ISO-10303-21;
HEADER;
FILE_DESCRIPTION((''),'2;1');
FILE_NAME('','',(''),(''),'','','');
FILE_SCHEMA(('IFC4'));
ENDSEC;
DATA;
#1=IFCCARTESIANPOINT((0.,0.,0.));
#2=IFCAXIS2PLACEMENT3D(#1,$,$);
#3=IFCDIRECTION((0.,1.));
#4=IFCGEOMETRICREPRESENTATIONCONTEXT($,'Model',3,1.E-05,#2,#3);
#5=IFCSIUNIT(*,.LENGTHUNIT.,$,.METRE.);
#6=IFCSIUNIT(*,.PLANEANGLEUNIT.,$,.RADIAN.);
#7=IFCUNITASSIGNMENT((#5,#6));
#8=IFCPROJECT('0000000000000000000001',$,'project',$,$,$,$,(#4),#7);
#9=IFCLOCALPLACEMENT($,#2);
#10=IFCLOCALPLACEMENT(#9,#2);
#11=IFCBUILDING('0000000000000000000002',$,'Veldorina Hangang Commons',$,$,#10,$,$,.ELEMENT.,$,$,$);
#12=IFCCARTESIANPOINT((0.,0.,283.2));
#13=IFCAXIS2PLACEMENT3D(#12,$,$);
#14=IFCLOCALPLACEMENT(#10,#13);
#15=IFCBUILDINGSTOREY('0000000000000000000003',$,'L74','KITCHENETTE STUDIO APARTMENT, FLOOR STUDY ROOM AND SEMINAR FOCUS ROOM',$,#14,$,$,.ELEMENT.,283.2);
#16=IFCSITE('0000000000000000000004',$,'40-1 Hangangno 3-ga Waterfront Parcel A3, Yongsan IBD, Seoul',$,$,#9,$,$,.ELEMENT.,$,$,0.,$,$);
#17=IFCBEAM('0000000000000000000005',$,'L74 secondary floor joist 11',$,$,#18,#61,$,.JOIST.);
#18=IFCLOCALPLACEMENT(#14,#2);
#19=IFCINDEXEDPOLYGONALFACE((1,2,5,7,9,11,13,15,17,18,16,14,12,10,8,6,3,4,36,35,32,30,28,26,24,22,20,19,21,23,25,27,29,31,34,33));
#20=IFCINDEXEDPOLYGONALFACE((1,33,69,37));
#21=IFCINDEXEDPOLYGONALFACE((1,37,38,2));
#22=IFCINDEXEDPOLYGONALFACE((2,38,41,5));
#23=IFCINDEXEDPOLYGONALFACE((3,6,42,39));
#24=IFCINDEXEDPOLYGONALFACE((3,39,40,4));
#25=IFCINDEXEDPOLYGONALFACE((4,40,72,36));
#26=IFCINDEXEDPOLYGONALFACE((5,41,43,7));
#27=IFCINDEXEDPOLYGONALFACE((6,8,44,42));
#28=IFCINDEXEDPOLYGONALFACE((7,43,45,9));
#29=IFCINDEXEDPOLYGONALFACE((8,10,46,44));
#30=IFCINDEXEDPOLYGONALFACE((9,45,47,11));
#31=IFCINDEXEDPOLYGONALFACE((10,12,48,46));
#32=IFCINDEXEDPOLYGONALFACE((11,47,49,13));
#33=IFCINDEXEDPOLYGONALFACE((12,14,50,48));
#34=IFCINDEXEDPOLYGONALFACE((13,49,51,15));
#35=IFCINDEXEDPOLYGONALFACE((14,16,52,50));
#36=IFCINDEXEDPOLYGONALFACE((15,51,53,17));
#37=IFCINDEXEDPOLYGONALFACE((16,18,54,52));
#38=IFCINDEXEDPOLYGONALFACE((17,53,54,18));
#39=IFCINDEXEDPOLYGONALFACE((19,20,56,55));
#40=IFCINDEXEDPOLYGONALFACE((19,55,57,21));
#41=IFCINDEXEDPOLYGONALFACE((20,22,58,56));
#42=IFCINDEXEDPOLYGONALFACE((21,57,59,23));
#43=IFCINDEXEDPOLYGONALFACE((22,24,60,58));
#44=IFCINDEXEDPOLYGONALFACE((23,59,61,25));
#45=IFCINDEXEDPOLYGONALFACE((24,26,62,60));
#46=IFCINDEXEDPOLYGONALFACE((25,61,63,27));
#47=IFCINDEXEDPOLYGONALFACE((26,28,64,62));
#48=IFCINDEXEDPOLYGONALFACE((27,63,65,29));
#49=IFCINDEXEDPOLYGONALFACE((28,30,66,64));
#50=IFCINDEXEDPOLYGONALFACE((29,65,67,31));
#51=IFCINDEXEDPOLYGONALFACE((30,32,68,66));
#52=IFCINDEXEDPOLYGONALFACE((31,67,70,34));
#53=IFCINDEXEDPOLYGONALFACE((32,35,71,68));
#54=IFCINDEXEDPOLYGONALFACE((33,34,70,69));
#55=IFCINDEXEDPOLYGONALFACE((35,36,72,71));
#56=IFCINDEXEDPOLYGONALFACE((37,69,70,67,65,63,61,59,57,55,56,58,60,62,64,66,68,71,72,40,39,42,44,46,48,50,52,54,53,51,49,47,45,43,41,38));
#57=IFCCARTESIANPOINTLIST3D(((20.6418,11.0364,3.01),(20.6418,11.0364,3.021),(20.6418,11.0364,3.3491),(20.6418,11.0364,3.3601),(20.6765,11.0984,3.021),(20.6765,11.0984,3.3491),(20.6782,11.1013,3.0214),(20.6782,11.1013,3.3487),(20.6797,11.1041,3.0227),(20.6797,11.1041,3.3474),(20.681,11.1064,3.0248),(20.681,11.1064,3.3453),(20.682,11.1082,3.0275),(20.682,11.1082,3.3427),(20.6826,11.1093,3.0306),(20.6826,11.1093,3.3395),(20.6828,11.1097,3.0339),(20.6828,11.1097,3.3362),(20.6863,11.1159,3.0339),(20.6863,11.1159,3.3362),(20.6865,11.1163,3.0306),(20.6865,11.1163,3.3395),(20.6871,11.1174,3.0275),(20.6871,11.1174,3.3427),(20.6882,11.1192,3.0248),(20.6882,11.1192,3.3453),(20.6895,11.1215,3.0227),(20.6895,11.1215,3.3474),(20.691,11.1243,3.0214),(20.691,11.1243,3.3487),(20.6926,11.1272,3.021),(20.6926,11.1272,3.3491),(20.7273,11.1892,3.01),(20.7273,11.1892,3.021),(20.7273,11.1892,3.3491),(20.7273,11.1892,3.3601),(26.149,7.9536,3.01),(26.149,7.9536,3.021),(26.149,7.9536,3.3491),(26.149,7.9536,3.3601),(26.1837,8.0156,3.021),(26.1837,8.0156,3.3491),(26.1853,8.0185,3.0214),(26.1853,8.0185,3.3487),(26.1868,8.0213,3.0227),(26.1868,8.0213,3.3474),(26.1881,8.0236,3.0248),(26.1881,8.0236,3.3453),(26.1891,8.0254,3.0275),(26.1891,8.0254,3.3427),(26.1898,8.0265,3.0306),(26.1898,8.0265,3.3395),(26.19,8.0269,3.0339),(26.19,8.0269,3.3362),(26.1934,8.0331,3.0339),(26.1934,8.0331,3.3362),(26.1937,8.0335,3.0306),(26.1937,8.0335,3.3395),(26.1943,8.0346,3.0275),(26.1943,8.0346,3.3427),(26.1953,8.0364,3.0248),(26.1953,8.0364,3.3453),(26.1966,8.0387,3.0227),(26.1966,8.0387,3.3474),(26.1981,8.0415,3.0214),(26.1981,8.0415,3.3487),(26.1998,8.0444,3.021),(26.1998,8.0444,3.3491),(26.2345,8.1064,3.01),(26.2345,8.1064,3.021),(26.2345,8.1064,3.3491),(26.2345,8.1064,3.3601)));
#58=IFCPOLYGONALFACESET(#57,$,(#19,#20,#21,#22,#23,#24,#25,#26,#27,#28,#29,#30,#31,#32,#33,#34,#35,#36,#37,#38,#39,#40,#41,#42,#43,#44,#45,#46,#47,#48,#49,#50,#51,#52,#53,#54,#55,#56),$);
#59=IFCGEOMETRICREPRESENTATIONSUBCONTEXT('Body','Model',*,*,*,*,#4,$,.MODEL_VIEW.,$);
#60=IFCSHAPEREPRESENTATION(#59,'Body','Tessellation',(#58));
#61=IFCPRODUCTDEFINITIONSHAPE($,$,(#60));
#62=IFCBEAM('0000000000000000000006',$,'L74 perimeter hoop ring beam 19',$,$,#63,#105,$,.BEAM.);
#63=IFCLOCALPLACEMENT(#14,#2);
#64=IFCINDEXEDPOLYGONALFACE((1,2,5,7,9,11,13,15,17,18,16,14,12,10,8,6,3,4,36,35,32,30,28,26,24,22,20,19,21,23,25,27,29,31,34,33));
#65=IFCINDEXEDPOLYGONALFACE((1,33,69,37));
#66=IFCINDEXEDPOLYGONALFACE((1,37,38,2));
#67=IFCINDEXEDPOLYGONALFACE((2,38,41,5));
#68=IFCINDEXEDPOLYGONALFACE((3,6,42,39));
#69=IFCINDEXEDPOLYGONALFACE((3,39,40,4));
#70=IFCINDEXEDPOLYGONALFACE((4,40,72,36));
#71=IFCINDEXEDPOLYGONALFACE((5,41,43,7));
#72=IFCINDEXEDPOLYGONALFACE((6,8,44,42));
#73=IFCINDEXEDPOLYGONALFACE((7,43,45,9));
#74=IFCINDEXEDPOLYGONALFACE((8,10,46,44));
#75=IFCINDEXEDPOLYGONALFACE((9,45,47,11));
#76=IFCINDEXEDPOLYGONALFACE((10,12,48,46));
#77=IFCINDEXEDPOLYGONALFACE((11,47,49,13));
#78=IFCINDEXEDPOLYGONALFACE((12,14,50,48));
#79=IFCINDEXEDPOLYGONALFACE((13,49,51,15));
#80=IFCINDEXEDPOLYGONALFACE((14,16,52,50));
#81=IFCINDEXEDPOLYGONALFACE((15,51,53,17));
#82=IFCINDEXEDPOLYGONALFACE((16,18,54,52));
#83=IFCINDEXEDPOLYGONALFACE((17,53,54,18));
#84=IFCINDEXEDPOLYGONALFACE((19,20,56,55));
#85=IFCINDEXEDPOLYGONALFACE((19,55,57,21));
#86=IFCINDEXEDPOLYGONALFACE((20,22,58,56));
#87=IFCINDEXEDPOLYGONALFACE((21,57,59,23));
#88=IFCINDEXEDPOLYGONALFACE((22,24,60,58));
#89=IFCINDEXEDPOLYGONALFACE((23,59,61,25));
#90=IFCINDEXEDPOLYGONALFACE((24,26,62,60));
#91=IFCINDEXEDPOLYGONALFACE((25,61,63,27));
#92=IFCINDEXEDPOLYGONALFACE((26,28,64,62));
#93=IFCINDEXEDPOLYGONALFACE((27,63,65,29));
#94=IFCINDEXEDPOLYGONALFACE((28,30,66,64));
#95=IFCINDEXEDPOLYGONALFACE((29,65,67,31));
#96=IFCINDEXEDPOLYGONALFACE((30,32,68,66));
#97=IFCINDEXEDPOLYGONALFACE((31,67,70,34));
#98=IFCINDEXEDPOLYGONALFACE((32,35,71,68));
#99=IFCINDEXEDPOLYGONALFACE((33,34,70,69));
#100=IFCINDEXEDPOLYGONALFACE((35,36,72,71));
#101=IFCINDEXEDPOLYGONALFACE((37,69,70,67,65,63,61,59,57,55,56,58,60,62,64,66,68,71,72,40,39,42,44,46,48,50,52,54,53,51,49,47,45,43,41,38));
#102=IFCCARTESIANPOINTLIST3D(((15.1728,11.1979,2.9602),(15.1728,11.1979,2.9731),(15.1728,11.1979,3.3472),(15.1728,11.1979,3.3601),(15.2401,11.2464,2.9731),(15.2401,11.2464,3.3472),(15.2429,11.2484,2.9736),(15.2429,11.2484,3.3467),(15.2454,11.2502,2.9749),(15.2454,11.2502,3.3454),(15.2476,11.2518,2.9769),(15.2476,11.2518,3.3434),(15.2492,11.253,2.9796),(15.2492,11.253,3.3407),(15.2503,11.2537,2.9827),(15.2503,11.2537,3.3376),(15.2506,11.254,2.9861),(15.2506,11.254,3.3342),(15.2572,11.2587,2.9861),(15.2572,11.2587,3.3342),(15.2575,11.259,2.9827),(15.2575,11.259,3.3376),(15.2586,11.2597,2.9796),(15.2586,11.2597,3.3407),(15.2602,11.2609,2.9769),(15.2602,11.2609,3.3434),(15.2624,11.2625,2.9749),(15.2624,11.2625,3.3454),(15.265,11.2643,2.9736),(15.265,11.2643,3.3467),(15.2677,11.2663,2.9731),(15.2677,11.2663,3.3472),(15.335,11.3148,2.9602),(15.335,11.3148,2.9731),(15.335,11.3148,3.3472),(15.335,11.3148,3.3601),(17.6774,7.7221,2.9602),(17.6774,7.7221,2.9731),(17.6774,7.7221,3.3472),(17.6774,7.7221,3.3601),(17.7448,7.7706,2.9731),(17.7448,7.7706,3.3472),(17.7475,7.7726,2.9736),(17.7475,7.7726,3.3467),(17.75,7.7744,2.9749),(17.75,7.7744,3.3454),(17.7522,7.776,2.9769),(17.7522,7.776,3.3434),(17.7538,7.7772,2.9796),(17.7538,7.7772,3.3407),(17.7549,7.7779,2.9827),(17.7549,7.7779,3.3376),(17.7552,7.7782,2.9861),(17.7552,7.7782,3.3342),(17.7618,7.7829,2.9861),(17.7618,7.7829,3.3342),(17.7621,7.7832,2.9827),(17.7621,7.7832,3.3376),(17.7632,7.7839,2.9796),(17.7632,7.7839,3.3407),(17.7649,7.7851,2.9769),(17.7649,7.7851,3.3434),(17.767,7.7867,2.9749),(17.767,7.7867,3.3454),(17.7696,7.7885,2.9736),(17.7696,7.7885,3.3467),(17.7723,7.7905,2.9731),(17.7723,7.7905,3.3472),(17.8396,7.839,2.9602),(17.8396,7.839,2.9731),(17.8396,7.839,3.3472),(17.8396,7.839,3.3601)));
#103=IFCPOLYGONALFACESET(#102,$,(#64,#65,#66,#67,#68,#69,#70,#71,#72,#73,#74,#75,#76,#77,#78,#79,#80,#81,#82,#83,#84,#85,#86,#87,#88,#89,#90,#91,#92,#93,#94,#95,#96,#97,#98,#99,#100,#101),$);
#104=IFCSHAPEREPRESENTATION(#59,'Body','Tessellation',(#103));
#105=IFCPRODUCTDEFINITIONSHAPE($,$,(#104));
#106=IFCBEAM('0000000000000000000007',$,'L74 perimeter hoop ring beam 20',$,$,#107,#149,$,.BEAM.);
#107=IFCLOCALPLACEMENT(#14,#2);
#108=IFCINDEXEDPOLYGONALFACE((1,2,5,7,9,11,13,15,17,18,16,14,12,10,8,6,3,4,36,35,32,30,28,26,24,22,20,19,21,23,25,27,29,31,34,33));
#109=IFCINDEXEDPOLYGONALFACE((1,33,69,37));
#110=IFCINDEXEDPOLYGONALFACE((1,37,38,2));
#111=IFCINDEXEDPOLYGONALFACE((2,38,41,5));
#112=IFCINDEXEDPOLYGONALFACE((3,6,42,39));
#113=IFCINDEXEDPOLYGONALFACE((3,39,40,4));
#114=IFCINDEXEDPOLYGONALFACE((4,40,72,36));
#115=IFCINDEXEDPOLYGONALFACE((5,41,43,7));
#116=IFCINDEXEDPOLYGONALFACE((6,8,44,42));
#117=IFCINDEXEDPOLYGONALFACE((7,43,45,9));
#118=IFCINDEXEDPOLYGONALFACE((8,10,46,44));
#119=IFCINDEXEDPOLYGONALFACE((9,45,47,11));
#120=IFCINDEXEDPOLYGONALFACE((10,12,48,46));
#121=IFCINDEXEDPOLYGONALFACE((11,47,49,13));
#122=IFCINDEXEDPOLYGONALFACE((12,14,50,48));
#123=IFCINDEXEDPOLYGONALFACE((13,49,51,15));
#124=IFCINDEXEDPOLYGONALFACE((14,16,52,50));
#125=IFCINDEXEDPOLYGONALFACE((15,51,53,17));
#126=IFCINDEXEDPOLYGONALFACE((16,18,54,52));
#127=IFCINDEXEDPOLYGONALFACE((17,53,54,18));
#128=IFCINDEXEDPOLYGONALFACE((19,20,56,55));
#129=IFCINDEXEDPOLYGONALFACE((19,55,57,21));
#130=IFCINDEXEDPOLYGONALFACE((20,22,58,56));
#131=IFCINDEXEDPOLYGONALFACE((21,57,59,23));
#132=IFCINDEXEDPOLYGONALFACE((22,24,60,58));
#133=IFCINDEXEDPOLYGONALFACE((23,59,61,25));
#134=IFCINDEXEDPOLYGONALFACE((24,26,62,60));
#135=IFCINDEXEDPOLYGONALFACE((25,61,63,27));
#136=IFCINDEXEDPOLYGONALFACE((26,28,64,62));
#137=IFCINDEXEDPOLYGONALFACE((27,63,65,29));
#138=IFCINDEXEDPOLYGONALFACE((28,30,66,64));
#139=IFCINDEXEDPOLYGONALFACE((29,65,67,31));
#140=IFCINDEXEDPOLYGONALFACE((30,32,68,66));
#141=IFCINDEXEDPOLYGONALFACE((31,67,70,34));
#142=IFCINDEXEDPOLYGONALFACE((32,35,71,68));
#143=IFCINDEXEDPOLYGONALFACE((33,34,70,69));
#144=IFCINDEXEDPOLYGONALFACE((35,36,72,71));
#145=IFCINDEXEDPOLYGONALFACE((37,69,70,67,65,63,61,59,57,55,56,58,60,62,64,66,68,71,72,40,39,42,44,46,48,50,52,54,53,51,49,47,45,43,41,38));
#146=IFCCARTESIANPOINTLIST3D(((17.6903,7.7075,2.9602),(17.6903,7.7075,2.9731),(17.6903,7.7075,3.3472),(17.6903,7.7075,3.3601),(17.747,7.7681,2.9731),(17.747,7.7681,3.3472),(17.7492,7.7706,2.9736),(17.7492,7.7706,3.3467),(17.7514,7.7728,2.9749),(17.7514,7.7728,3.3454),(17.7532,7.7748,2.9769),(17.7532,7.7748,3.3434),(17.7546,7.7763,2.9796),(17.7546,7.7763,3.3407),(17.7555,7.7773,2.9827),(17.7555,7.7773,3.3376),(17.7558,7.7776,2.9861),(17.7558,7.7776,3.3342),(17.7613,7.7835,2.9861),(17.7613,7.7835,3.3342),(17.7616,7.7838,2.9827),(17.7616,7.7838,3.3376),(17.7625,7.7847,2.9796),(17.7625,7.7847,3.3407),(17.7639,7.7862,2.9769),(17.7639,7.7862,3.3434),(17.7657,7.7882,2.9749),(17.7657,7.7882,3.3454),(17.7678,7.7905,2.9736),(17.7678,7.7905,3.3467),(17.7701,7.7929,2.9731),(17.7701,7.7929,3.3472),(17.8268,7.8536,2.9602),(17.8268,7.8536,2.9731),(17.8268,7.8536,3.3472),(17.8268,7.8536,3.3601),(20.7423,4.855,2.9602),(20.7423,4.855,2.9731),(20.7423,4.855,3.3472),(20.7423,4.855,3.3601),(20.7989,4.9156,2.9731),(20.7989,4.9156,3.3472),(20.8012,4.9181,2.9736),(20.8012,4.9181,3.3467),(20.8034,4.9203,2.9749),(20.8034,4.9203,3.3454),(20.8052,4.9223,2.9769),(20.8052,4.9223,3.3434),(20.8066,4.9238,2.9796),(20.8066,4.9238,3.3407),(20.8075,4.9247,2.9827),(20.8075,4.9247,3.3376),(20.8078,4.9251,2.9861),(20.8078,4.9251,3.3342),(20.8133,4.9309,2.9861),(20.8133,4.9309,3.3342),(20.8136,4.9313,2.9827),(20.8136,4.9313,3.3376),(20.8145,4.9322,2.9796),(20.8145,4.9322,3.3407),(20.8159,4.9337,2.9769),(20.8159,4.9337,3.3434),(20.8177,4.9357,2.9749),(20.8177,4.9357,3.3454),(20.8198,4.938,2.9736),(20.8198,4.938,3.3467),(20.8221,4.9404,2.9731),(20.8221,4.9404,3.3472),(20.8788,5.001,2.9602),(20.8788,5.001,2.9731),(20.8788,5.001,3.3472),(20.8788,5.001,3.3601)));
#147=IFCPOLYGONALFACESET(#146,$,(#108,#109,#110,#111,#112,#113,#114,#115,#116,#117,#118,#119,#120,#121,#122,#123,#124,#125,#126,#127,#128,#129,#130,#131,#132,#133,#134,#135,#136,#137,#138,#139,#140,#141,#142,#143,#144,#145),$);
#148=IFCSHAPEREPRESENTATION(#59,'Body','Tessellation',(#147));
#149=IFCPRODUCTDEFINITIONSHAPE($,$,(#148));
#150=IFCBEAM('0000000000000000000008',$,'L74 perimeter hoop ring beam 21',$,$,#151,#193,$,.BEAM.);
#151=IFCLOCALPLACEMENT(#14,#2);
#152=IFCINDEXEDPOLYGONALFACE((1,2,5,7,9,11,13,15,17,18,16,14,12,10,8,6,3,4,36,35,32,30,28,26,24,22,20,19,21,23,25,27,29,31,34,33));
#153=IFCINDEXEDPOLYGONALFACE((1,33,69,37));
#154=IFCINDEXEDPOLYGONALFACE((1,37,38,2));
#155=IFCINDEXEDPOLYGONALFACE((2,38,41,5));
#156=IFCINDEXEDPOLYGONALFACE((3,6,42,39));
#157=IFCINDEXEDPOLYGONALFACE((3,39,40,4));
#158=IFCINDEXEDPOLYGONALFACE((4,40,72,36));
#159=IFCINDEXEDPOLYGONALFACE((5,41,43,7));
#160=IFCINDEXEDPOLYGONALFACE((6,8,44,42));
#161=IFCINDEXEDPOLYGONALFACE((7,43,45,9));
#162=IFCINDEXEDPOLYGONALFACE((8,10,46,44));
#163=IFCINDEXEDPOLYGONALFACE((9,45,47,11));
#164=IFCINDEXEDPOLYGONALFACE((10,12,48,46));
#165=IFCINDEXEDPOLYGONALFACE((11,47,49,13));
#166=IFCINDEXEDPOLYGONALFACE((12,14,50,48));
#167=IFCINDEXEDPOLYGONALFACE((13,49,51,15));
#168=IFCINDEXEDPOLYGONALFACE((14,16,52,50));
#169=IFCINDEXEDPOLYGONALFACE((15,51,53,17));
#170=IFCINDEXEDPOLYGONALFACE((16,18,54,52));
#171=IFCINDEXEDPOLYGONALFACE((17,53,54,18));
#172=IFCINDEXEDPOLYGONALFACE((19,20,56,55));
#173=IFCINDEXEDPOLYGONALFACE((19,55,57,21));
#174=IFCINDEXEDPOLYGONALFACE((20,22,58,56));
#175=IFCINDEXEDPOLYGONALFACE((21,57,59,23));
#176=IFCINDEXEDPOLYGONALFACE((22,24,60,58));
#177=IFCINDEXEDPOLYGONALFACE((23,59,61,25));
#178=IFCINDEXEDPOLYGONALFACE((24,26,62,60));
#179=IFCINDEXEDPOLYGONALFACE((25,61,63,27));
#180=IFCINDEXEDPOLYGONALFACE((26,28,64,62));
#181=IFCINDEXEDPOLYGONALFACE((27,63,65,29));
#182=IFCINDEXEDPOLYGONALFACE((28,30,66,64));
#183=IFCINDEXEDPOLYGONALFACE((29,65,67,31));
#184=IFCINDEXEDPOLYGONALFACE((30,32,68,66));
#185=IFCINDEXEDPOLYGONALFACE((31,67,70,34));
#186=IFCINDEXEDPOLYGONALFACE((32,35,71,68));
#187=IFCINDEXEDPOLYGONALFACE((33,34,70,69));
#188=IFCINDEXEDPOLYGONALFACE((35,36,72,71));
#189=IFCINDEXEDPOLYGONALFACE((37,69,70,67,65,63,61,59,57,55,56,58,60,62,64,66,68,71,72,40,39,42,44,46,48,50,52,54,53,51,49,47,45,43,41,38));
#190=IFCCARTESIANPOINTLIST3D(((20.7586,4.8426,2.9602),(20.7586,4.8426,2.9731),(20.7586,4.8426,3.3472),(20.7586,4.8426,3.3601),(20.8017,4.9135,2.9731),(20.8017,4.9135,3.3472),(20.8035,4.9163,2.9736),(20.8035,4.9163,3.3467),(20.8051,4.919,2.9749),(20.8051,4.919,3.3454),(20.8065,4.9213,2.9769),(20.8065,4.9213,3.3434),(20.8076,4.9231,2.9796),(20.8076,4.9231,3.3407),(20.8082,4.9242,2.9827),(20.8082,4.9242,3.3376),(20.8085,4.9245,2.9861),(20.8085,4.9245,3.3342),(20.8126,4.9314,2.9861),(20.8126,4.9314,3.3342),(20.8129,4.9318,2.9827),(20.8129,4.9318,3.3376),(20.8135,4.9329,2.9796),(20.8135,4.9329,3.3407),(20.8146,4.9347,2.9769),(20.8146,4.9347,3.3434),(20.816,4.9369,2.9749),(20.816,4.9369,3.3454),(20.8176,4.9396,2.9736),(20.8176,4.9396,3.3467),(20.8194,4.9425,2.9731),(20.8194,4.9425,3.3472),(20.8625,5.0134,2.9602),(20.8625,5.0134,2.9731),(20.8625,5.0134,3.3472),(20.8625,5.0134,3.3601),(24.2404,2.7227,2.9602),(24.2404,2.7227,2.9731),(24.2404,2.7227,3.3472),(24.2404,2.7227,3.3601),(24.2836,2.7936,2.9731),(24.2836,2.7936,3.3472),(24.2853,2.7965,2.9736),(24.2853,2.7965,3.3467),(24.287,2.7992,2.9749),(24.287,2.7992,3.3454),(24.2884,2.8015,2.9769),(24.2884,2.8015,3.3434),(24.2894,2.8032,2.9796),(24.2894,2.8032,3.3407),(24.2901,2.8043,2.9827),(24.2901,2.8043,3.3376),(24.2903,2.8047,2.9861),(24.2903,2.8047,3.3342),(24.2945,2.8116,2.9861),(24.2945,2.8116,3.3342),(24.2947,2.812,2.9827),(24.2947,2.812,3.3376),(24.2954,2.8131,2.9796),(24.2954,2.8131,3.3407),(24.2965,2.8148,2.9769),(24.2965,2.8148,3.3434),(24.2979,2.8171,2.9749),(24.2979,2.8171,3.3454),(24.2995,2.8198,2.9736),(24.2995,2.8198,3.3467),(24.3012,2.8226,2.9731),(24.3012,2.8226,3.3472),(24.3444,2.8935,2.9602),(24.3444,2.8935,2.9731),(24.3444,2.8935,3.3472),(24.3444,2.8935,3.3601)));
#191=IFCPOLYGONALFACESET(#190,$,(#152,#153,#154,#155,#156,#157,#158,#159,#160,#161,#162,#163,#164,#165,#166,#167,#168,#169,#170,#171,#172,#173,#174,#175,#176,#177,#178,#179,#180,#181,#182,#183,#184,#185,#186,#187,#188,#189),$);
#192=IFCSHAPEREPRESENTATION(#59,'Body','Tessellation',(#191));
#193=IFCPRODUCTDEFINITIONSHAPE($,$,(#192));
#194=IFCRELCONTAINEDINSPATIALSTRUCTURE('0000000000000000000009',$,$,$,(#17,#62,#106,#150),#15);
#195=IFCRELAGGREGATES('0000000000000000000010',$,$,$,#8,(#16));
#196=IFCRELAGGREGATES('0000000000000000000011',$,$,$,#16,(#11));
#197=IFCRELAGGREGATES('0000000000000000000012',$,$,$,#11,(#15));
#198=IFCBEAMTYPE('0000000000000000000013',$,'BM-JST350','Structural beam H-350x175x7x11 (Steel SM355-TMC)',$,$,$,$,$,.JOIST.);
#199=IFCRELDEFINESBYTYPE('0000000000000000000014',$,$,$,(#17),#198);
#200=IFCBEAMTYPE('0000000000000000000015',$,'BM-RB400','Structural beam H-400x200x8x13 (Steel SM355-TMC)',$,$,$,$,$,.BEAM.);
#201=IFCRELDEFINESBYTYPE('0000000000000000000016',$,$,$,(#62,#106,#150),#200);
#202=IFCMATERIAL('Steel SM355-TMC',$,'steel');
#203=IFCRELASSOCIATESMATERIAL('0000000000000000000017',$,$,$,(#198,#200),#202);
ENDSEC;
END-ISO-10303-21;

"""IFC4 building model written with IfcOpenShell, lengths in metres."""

from ifc_helpers import new_model, si_unit, direction, frame, origin, origin_2d, place, context, subcontext, project, spatial, i_section, extrude, material, material_profile, profile_set, type_object, element, save


model = new_model("IFC4")

# Units and contexts
model_context = context("Model", 3, precision=1e-05, world=origin(), true_north=direction((0.0, 1.0)))
body_context = subcontext(model_context, "Body", "Model", "MODEL_VIEW")
ifc_project = project(units=[si_unit("LENGTHUNIT", "METRE"), si_unit("PLANEANGLEUNIT", "RADIAN")], contexts=[model_context])

# Site, building, storey
site_placement = place(None, origin())
site = spatial("IfcSite", under=ifc_project, at=site_placement, Name="40-1 Hangangno 3-ga Waterfront Parcel A3, Yongsan IBD, Seoul", CompositionType="ELEMENT", RefElevation=0.0)
building_placement = place(site_placement, origin())
building = spatial("IfcBuilding", under=site, at=building_placement, Name="Veldorina Hangang Commons", CompositionType="ELEMENT")
storey_placement = place(building_placement, frame((0.0, 0.0, 283.2)))
storey = spatial("IfcBuildingStorey", under=building, at=storey_placement, Name="L74", Description="KITCHENETTE STUDIO APARTMENT, FLOOR STUDY ROOM AND SEMINAR FOCUS ROOM", CompositionType="ELEMENT", Elevation=283.2)

# Beams
ifc_material_1 = material(Name="Steel SM355-TMC", Category="steel")
ifc_material_profile_1 = material_profile(ifc_material_1, i_section(OverallWidth=0.175, OverallDepth=0.3501, WebThickness=0.0071, FlangeThickness=0.011, FilletRadius=0.0129, at=origin_2d()), Name="H-350x175x7x11")
ifc_profile_set_1 = profile_set([ifc_material_profile_1], Name="Steel SM355-TMC")
beam_type_1 = type_object("IfcBeamType", Name="BM-JST350", Description="Structural beam H-350x175x7x11 (Steel SM355-TMC)", PredefinedType="JOIST", material=ifc_profile_set_1)
beam_1_placement = place(storey_placement, frame((20.6846, 11.1128, 3.1851), z_axis=(0.872587, -0.488458, 0.0), x_axis=(0.488458, 0.872587, 0.0)))
element("IfcBeam", 1, at=beam_1_placement, inside=storey, type_object=beam_type_1, Name="L74 secondary floor joist 11", PredefinedType="JOIST", context=body_context, shape_type="SweptSolid", body=[
    extrude(i_section(OverallWidth=0.175, OverallDepth=0.3501, WebThickness=0.0071, FlangeThickness=0.011, FilletRadius=0.0129, at=origin_2d()), origin(), (0.0, 0.0, 1.0), 6.3113),
])
ifc_material_profile_2 = material_profile(ifc_material_1, i_section(OverallWidth=0.2, OverallDepth=0.3999, WebThickness=0.0081, FlangeThickness=0.0129, FilletRadius=0.0129, at=origin_2d()), Name="H-400x200x8x13")
ifc_profile_set_2 = profile_set([ifc_material_profile_2], Name="Steel SM355-TMC")
beam_type_2 = type_object("IfcBeamType", Name="BM-RB400", Description="Structural beam H-400x200x8x13 (Steel SM355-TMC)", PredefinedType="BEAM", material=ifc_profile_set_2)
beam_2_placement = place(storey_placement, frame((15.2539, 11.2563, 3.1602), z_axis=(0.584618, -0.811308, 0.0), x_axis=(0.811308, 0.584618, 0.0)))
element("IfcBeam", 2, at=beam_2_placement, inside=storey, type_object=beam_type_2, Name="L74 perimeter hoop ring beam 19", PredefinedType="BEAM", context=body_context, shape_type="SweptSolid", body=[
    extrude(i_section(OverallWidth=0.2, OverallDepth=0.3999, WebThickness=0.0081, FlangeThickness=0.0129, FilletRadius=0.0129, at=origin_2d()), origin(), (0.0, 0.0, 1.0), 4.2842),
])
beam_3_placement = place(storey_placement, frame((17.7585, 7.7805, 3.1602), z_axis=(0.730577, -0.68283, 0.0), x_axis=(0.68283, 0.730577, 0.0)))
element("IfcBeam", 3, at=beam_3_placement, inside=storey, type_object=beam_type_2, Name="L74 perimeter hoop ring beam 20", PredefinedType="BEAM", context=body_context, shape_type="SweptSolid", body=[
    extrude(i_section(OverallWidth=0.2, OverallDepth=0.3999, WebThickness=0.0081, FlangeThickness=0.0129, FilletRadius=0.0129, at=origin_2d()), origin(), (0.0, 0.0, 1.0), 4.1775),
])
beam_4_placement = place(storey_placement, frame((20.8105, 4.928, 3.1602), z_axis=(0.854151, -0.520025, 0.0), x_axis=(0.520025, 0.854151, 0.0)))
element("IfcBeam", 4, at=beam_4_placement, inside=storey, type_object=beam_type_2, Name="L74 perimeter hoop ring beam 21", PredefinedType="BEAM", context=body_context, shape_type="SweptSolid", body=[
    extrude(i_section(OverallWidth=0.2, OverallDepth=0.3999, WebThickness=0.0081, FlangeThickness=0.0129, FilletRadius=0.0129, at=origin_2d()), origin(), (0.0, 0.0, 1.0), 4.0764),
])

save(model, "model.ifc")
